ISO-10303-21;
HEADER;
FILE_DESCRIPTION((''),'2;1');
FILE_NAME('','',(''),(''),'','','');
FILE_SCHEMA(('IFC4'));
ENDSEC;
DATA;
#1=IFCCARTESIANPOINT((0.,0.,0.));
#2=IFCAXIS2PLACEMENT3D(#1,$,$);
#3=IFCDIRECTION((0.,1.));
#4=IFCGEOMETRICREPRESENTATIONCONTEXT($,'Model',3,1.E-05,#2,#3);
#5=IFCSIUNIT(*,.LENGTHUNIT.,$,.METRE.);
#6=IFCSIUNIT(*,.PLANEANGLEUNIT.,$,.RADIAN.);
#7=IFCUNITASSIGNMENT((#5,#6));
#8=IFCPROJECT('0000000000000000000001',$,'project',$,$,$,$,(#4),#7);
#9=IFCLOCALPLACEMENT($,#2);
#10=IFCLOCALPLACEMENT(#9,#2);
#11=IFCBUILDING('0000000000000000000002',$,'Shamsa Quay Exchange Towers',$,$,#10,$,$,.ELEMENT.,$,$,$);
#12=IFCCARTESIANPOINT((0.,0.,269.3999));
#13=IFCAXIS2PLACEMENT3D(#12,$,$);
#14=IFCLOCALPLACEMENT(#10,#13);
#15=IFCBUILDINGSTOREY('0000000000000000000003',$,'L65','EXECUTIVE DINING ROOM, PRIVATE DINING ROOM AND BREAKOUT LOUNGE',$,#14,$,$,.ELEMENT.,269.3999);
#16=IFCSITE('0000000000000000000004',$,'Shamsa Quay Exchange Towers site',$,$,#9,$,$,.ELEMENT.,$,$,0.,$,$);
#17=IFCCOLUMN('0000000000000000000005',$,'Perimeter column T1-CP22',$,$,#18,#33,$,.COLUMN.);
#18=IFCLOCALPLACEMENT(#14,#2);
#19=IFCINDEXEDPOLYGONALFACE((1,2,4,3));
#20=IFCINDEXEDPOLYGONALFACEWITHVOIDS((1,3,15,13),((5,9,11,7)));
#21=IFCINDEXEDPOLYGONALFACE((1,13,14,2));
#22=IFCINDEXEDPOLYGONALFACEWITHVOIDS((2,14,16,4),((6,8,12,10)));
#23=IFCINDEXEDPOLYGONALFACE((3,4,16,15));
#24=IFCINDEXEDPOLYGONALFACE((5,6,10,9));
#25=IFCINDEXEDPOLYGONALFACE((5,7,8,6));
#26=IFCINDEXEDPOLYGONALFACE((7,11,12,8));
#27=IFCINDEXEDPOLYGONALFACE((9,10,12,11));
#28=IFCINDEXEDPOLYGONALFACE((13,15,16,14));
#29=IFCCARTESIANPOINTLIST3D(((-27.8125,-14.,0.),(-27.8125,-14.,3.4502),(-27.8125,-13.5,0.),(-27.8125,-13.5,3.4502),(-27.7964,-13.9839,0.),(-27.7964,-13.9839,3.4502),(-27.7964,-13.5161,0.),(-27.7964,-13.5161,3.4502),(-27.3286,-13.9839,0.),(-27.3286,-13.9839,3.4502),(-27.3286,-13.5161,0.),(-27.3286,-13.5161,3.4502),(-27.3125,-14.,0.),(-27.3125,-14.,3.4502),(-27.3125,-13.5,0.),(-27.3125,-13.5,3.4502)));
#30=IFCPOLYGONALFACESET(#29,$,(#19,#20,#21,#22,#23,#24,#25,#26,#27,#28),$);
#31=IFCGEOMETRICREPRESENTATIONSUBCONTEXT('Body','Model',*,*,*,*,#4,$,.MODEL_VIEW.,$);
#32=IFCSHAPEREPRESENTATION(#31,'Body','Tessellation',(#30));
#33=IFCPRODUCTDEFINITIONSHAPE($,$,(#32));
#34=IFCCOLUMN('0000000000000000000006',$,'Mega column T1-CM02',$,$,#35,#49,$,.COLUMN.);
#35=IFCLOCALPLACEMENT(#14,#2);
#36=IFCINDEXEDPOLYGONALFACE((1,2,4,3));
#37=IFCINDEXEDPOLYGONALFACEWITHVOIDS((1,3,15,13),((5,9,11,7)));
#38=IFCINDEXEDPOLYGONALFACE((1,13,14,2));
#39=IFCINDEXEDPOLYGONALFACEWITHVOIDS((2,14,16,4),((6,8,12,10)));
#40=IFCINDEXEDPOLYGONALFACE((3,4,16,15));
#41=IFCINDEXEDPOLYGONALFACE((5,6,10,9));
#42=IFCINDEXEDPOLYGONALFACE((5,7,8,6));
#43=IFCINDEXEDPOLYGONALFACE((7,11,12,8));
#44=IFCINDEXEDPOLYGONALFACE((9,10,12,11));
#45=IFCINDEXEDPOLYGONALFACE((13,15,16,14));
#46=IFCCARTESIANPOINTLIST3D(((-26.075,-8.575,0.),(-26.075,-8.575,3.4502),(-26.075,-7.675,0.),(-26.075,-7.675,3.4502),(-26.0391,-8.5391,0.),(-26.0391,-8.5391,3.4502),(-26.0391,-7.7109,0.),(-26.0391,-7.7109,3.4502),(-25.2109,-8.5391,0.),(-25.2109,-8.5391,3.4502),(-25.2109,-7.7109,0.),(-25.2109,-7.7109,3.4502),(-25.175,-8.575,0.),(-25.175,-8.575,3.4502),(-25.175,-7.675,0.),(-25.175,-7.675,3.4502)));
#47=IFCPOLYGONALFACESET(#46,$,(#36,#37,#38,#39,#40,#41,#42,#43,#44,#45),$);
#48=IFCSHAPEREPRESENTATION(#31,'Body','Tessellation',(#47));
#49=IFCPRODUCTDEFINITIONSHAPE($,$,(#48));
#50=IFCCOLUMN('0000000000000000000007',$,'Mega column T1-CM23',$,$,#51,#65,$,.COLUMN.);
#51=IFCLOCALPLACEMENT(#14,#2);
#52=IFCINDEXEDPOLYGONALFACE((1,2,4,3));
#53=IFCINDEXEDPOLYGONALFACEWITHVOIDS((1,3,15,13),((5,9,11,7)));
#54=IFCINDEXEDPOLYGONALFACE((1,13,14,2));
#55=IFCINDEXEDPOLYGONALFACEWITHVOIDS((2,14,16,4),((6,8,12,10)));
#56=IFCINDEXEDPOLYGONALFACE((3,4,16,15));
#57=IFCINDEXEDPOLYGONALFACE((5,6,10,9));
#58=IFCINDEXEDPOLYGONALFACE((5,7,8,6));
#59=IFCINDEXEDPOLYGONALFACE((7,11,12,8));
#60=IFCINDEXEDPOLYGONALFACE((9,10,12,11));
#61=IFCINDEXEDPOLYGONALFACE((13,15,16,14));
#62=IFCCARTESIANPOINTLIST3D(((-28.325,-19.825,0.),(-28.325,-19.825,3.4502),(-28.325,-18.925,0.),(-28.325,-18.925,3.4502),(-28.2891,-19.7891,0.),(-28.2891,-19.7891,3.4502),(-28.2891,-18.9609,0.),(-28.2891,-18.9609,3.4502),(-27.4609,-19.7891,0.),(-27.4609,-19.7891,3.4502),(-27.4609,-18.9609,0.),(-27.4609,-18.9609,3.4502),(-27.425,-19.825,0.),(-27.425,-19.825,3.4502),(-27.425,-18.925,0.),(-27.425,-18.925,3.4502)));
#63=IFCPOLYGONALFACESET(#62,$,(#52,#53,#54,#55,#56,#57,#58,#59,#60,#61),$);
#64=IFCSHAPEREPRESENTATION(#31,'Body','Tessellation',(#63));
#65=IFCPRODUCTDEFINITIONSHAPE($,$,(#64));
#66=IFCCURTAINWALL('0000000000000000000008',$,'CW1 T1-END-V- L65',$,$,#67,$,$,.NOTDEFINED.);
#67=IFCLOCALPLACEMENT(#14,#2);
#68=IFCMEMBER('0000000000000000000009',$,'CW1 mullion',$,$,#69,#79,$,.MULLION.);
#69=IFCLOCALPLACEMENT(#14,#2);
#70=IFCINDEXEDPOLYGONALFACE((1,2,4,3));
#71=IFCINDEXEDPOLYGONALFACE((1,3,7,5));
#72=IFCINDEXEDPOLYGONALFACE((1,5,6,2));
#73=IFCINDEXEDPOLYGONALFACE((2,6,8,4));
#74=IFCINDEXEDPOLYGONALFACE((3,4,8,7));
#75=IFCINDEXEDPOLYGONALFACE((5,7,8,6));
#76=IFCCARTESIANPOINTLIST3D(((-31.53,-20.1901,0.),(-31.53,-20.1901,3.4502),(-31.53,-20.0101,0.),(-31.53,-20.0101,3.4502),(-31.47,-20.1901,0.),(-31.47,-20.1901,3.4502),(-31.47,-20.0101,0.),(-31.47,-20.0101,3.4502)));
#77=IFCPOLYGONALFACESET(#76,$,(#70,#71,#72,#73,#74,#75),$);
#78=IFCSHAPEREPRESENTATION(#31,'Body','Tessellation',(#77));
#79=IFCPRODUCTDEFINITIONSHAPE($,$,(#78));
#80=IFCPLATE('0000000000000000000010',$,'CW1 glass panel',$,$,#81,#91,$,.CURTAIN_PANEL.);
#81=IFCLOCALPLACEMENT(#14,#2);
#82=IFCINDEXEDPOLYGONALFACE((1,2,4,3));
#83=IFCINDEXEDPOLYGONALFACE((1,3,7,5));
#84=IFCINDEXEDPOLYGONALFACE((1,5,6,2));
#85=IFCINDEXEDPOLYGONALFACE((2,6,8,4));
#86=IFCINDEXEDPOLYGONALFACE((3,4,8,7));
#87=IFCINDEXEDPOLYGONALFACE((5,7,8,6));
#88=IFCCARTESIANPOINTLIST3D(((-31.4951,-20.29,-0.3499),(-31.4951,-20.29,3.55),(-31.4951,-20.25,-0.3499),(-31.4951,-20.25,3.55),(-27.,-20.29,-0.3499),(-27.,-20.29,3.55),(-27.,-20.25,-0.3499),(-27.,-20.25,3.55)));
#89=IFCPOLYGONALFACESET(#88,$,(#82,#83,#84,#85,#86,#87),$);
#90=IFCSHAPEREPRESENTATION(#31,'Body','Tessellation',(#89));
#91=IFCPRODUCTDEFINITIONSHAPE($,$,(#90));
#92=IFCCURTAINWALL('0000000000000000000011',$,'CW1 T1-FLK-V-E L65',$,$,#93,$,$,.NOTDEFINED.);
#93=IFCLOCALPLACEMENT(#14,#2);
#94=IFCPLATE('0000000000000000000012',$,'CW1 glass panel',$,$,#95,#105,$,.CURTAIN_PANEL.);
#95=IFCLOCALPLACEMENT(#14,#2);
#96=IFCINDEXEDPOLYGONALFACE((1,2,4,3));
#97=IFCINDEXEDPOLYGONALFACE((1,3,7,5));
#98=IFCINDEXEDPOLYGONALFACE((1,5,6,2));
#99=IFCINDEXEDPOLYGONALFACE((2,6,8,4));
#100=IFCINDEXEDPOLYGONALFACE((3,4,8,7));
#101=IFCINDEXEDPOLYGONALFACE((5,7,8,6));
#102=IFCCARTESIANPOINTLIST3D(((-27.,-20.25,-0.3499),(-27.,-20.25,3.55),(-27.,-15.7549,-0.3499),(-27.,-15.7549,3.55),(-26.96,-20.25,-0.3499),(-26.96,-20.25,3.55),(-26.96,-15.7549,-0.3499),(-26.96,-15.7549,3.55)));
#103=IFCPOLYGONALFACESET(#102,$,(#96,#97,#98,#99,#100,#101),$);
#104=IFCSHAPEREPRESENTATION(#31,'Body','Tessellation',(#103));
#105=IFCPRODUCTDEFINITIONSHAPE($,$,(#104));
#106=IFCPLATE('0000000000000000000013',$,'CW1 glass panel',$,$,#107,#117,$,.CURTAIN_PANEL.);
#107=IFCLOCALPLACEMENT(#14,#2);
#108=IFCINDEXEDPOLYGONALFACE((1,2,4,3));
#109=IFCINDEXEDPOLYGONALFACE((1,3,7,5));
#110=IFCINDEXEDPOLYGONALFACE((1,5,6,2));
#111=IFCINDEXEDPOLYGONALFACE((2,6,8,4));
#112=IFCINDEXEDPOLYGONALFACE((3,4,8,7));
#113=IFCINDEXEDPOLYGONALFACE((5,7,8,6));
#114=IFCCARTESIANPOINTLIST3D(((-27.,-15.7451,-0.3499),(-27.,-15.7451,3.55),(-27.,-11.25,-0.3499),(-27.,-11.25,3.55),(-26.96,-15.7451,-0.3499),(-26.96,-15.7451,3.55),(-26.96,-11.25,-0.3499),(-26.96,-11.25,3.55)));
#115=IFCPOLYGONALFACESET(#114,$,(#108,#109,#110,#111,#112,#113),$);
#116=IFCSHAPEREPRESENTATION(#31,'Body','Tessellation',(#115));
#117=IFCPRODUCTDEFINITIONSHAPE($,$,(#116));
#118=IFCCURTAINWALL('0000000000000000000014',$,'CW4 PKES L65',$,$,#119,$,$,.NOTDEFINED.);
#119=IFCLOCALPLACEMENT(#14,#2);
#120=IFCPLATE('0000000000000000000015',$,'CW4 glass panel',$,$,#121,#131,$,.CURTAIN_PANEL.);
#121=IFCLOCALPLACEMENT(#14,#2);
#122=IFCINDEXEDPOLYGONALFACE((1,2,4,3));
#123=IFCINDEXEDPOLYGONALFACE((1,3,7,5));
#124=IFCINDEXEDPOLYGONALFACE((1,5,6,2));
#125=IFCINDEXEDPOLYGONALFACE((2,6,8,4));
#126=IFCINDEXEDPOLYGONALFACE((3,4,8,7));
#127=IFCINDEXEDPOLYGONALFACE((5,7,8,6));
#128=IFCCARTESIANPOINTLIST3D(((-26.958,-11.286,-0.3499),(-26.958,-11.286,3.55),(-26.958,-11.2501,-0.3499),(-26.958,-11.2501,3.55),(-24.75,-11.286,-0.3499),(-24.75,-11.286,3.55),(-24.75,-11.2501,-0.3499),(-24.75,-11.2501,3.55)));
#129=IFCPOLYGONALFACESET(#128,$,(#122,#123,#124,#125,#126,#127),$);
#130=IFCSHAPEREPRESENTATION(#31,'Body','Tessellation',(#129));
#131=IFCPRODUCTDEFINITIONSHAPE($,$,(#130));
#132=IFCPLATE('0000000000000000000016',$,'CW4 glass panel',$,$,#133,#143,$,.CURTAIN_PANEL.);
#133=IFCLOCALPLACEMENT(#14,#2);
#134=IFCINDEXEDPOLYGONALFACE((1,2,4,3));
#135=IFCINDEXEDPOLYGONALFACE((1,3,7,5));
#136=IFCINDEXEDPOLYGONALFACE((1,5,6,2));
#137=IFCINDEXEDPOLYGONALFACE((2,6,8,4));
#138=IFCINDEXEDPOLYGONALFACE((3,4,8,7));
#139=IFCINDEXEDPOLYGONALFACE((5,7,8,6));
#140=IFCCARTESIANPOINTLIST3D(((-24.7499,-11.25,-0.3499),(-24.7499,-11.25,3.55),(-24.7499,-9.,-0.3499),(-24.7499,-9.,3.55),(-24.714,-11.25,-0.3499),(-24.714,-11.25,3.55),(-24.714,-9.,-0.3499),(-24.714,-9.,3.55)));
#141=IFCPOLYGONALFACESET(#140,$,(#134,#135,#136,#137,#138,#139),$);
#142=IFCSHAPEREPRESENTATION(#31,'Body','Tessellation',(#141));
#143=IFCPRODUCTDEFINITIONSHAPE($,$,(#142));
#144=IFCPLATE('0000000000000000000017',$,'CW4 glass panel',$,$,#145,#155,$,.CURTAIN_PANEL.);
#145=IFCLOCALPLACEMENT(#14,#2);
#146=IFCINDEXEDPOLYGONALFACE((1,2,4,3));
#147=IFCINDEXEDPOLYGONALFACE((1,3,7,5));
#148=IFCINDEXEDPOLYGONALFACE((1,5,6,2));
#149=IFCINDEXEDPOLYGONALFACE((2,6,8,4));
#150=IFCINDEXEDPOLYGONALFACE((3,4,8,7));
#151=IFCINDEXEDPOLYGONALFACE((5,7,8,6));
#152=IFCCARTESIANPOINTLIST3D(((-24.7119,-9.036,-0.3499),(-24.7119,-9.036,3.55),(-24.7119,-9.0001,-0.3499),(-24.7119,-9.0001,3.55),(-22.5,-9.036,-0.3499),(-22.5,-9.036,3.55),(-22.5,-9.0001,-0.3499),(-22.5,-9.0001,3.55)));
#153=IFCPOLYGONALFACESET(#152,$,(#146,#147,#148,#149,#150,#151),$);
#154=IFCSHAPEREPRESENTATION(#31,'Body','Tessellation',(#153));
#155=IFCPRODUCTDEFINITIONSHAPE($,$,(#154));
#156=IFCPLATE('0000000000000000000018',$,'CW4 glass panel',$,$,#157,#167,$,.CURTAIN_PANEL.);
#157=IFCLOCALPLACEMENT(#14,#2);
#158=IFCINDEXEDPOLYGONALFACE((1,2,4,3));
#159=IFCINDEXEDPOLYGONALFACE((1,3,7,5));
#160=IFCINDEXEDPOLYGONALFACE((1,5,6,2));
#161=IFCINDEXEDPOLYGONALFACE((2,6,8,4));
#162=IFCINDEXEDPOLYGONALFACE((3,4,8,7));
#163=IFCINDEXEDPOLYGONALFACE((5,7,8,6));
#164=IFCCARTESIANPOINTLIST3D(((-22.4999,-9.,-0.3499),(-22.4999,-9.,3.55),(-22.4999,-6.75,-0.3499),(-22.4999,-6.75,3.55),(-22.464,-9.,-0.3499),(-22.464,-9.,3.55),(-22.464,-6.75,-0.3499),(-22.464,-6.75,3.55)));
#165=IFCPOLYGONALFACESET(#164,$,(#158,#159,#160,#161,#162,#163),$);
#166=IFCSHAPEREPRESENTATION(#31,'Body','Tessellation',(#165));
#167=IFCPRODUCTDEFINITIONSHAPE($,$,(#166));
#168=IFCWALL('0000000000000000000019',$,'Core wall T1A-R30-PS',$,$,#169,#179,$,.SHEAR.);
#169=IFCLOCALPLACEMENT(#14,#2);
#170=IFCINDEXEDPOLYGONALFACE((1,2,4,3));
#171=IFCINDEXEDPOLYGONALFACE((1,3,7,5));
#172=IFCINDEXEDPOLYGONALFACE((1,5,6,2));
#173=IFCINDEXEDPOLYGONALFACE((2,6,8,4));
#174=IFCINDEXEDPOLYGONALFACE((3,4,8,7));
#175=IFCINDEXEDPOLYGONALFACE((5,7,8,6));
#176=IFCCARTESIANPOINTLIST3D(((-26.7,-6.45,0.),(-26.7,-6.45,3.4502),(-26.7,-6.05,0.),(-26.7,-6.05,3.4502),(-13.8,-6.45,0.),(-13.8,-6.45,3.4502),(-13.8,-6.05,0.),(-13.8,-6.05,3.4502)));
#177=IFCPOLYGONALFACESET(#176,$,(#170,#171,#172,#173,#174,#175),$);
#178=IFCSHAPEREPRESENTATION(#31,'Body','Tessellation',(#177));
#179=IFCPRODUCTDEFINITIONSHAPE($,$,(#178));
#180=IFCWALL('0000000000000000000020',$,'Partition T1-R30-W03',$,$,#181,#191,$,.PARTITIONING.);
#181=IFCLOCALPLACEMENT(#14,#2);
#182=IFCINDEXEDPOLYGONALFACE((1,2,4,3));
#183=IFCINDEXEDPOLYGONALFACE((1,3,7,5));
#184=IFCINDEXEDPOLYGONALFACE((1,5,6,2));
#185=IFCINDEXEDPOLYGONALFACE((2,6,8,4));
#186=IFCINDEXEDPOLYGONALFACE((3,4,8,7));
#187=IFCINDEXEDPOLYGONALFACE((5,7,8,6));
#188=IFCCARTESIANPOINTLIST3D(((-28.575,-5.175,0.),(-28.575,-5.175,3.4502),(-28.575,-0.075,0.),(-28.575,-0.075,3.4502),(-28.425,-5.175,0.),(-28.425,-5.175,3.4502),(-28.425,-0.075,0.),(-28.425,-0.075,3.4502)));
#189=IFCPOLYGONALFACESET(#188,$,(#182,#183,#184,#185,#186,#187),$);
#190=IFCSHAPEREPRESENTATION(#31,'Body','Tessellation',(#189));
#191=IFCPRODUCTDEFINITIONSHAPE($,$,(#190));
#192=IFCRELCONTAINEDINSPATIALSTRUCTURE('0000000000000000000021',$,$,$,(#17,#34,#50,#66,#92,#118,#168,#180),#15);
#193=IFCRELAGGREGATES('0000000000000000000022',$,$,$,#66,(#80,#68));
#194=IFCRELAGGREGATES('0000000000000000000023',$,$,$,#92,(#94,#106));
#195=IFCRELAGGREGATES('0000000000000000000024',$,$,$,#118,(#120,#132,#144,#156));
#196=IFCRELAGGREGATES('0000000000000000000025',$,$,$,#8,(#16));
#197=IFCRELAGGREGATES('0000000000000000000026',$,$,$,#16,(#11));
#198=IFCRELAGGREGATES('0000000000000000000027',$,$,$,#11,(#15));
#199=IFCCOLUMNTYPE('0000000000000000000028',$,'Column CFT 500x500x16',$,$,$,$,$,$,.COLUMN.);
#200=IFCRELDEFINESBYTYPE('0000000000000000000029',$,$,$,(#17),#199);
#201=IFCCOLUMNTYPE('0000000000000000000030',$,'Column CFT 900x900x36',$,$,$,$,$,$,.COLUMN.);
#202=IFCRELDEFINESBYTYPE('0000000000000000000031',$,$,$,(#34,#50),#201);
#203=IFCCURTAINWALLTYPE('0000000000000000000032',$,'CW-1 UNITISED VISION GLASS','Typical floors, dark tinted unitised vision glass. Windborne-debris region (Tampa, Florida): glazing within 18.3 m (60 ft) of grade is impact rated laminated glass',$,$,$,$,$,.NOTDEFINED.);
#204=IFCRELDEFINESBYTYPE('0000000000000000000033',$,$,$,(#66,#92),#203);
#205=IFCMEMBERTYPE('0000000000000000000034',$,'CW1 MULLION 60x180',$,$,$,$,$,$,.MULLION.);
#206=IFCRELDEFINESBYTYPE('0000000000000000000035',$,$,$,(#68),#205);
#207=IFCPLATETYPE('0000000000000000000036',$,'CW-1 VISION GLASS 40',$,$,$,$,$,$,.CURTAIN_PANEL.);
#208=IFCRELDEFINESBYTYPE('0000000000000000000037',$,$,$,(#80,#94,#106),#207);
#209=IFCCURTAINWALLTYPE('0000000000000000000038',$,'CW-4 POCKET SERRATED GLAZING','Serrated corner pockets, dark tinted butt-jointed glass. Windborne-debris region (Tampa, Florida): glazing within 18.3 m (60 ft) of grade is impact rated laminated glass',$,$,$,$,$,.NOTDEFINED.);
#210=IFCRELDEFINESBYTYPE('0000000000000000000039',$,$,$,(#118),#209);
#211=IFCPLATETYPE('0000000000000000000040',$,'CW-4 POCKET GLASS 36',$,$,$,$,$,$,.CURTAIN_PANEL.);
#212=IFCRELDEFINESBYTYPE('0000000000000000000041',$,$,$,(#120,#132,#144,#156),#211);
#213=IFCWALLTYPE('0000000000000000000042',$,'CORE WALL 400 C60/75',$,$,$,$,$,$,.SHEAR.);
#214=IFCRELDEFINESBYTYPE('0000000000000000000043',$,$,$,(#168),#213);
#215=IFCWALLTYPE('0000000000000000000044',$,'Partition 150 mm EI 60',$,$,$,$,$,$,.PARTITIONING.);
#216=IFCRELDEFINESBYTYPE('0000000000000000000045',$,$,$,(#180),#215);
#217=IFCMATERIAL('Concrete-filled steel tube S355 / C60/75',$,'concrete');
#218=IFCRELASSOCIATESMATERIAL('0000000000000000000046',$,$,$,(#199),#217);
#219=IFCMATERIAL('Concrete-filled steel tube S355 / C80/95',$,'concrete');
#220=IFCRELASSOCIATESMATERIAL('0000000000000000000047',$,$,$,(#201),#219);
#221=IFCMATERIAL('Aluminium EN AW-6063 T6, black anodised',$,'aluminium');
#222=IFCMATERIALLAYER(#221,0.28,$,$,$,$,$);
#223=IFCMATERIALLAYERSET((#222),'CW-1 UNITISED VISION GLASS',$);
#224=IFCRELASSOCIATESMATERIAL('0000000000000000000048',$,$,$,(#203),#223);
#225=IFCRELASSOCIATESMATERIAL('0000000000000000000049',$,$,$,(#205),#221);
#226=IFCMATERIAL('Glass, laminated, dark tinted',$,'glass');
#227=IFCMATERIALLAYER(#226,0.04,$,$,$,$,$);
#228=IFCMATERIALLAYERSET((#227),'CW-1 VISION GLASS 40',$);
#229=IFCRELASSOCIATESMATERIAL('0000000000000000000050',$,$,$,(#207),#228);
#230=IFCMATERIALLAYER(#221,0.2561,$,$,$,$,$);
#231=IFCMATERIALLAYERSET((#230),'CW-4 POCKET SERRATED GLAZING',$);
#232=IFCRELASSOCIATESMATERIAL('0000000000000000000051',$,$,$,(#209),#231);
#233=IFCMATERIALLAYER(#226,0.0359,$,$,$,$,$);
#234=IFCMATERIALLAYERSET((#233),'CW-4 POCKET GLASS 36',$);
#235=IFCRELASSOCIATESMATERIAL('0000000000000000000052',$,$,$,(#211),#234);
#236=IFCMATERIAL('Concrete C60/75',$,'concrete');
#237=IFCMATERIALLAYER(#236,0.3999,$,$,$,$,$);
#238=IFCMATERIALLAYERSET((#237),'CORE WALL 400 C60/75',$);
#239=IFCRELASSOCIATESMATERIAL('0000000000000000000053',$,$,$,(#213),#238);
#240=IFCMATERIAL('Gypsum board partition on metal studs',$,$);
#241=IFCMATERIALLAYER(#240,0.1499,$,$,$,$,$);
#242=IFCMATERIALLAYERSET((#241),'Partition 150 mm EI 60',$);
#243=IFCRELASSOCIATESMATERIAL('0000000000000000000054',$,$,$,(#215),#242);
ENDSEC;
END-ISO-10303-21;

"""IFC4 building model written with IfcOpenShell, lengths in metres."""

from ifc_helpers import new_model, si_unit, direction, frame, frame_2d, origin, origin_2d, place, context, subcontext, project, spatial, rectangle, hollow_rectangle, extrude, material, layer, layer_set, material_profile, profile_set, type_object, element, aggregate, save


model = new_model("IFC4")

# Units and contexts
model_context = context("Model", 3, precision=1e-05, world=origin(), true_north=direction((0.0, 1.0)))
body_context = subcontext(model_context, "Body", "Model", "MODEL_VIEW")
ifc_project = project(units=[si_unit("LENGTHUNIT", "METRE"), si_unit("PLANEANGLEUNIT", "RADIAN")], contexts=[model_context])

# Site, building, storey
site_placement = place(None, origin())
site = spatial("IfcSite", under=ifc_project, at=site_placement, Name="Shamsa Quay Exchange Towers site", CompositionType="ELEMENT", RefElevation=0.0)
building_placement = place(site_placement, origin())
building = spatial("IfcBuilding", under=site, at=building_placement, Name="Shamsa Quay Exchange Towers", CompositionType="ELEMENT")
storey_placement = place(building_placement, frame((0.0, 0.0, 269.3999)))
storey = spatial("IfcBuildingStorey", under=building, at=storey_placement, Name="L65", Description="EXECUTIVE DINING ROOM, PRIVATE DINING ROOM AND BREAKOUT LOUNGE", CompositionType="ELEMENT", Elevation=269.3999)

# Columns
ifc_material_1 = material(Name="Concrete-filled steel tube S355 / C60/75", Category="concrete")
ifc_material_profile_1 = material_profile(ifc_material_1, hollow_rectangle(XDim=0.5, YDim=0.5, WallThickness=0.0161, at=origin_2d()), Name="CFT 500x500x16")
ifc_profile_set_1 = profile_set([ifc_material_profile_1], Name="Concrete-filled steel tube S355 / C60/75")
column_type_1 = type_object("IfcColumnType", Name="Column CFT 500x500x16", PredefinedType="COLUMN", material=ifc_profile_set_1)
column_placement = place(storey_placement, frame((-27.5625, -13.75, 0.0)))
element("IfcColumn", 1, at=column_placement, inside=storey, type_object=column_type_1, Name="Perimeter column T1-CP22", PredefinedType="COLUMN", context=body_context, shape_type="SweptSolid", body=[
    extrude(hollow_rectangle(XDim=0.5, YDim=0.5, WallThickness=0.0161, at=origin_2d()), origin(), (0.0, 0.0, 1.0), 3.4502),
])
ifc_material_2 = material(Name="Concrete-filled steel tube S355 / C80/95", Category="concrete")
ifc_material_profile_2 = material_profile(ifc_material_2, hollow_rectangle(XDim=0.8999, YDim=0.8999, WallThickness=0.0359, at=origin_2d()), Name="CFT 900x900x36")
ifc_profile_set_2 = profile_set([ifc_material_profile_2], Name="Concrete-filled steel tube S355 / C80/95")
column_type_2 = type_object("IfcColumnType", Name="Column CFT 900x900x36", PredefinedType="COLUMN", material=ifc_profile_set_2)
for number, where, name in (
    (2, (-25.625, -8.125, 0.0), "Mega column T1-CM02"),
    (3, (-27.875, -19.375, 0.0), "Mega column T1-CM23"),
):
    element("IfcColumn", number, at=place(storey_placement, frame(where)), inside=storey, type_object=column_type_2, Name=name, PredefinedType="COLUMN", context=body_context, shape_type="SweptSolid", body=[
        extrude(hollow_rectangle(XDim=0.8999, YDim=0.8999, WallThickness=0.0359, at=origin_2d()), origin(), (0.0, 0.0, 1.0), 3.4502),
    ])

# Curtain wall, member, plate
ifc_material_3 = material(Name="Aluminium EN AW-6063 T6, black anodised", Category="aluminium")
ifc_layer_1 = layer(ifc_material_3, 0.28)
ifc_layer_set_1 = layer_set([ifc_layer_1], Name="CW-1 UNITISED VISION GLASS")
curtain_wall_type_1 = type_object("IfcCurtainWallType", Name="CW-1 UNITISED VISION GLASS", Description="Typical floors, dark tinted unitised vision glass. Windborne-debris region (Tampa, Florida): glazing within 18.3 m (60 ft) of grade is impact rated laminated glass", PredefinedType="NOTDEFINED", material=ifc_layer_set_1)
curtain_wall_1_placement = place(storey_placement, origin())
curtain_wall_1 = element("IfcCurtainWall", 4, at=curtain_wall_1_placement, inside=storey, type_object=curtain_wall_type_1, Name="CW1 T1-END-V- L65", PredefinedType="NOTDEFINED")
ifc_material_profile_3 = material_profile(ifc_material_3, rectangle(XDim=0.1799, YDim=0.0601, at=origin_2d()), Name="MU60x180")
ifc_profile_set_3 = profile_set([ifc_material_profile_3], Name="Aluminium EN AW-6063 T6, black anodised")
member_type = type_object("IfcMemberType", Name="CW1 MULLION 60x180", PredefinedType="MULLION", material=ifc_profile_set_3)
member_placement = place(storey_placement, frame((-31.5, -20.1001, 0.0), z_axis=(0.0, 0.0, 1.0), x_axis=(0.0, 1.0, 0.0)))
member = element("IfcMember", 5, at=member_placement, type_object=member_type, Name="CW1 mullion", PredefinedType="MULLION", context=body_context, shape_type="SweptSolid", body=[
    extrude(rectangle(XDim=0.1799, YDim=0.0601, at=origin_2d()), origin(), (0.0, 0.0, 1.0), 3.4502),
])
ifc_material_4 = material(Name="Glass, laminated, dark tinted", Category="glass")
ifc_layer_2 = layer(ifc_material_4, 0.04)
ifc_layer_set_2 = layer_set([ifc_layer_2], Name="CW-1 VISION GLASS 40")
plate_type_1 = type_object("IfcPlateType", Name="CW-1 VISION GLASS 40", PredefinedType="CURTAIN_PANEL", material=ifc_layer_set_2)
plate_1_placement = place(storey_placement, frame((-29.2476, -20.27, -0.3499)))
plate_1 = element("IfcPlate", 6, at=plate_1_placement, type_object=plate_type_1, Name="CW1 glass panel", PredefinedType="CURTAIN_PANEL", context=body_context, shape_type="SweptSolid", body=[
    extrude(rectangle(XDim=4.4951, YDim=0.04, at=origin_2d()), origin(), (0.0, 0.0, 1.0), 3.8999),
])
aggregate(curtain_wall_1, [plate_1, member])

# Curtain walls, plates
curtain_wall_2_placement = place(storey_placement, origin())
curtain_wall_2 = element("IfcCurtainWall", 7, at=curtain_wall_2_placement, inside=storey, type_object=curtain_wall_type_1, Name="CW1 T1-FLK-V-E L65", PredefinedType="NOTDEFINED")
plate_2_placement = place(storey_placement, frame((-26.98, -18.0024, -0.3499), z_axis=(0.0, 0.0, 1.0), x_axis=(0.0, 1.0, 0.0)))
plate_2 = element("IfcPlate", 8, at=plate_2_placement, type_object=plate_type_1, Name="CW1 glass panel", PredefinedType="CURTAIN_PANEL", context=body_context, shape_type="SweptSolid", body=[
    extrude(rectangle(XDim=4.4951, YDim=0.04, at=origin_2d()), origin(), (0.0, 0.0, 1.0), 3.8999),
])
plate_3_placement = place(storey_placement, frame((-26.98, -13.4976, -0.3499), z_axis=(0.0, 0.0, 1.0), x_axis=(0.0, 1.0, 0.0)))
plate_3 = element("IfcPlate", 9, at=plate_3_placement, type_object=plate_type_1, Name="CW1 glass panel", PredefinedType="CURTAIN_PANEL", context=body_context, shape_type="SweptSolid", body=[
    extrude(rectangle(XDim=4.4951, YDim=0.04, at=origin_2d()), origin(), (0.0, 0.0, 1.0), 3.8999),
])
aggregate(curtain_wall_2, [plate_2, plate_3])
ifc_layer_3 = layer(ifc_material_3, 0.2561)
ifc_layer_set_3 = layer_set([ifc_layer_3], Name="CW-4 POCKET SERRATED GLAZING")
curtain_wall_type_2 = type_object("IfcCurtainWallType", Name="CW-4 POCKET SERRATED GLAZING", Description="Serrated corner pockets, dark tinted butt-jointed glass. Windborne-debris region (Tampa, Florida): glazing within 18.3 m (60 ft) of grade is impact rated laminated glass", PredefinedType="NOTDEFINED", material=ifc_layer_set_3)
curtain_wall_3_placement = place(storey_placement, origin())
curtain_wall_3 = element("IfcCurtainWall", 10, at=curtain_wall_3_placement, inside=storey, type_object=curtain_wall_type_2, Name="CW4 PKES L65", PredefinedType="NOTDEFINED")
ifc_layer_4 = layer(ifc_material_4, 0.0359)
ifc_layer_set_4 = layer_set([ifc_layer_4], Name="CW-4 POCKET GLASS 36")
plate_type_2 = type_object("IfcPlateType", Name="CW-4 POCKET GLASS 36", PredefinedType="CURTAIN_PANEL", material=ifc_layer_set_4)
plate_4_placement = place(storey_placement, frame((-25.854, -11.2681, -0.3499)))
plate_4 = element("IfcPlate", 11, at=plate_4_placement, type_object=plate_type_2, Name="CW4 glass panel", PredefinedType="CURTAIN_PANEL", context=body_context, shape_type="SweptSolid", body=[
    extrude(rectangle(XDim=2.208, YDim=0.0359, at=origin_2d()), origin(), (0.0, 0.0, 1.0), 3.8999),
])
plate_5_placement = place(storey_placement, frame((-24.7319, -10.125, -0.3499), z_axis=(0.0, 0.0, 1.0), x_axis=(0.0, 1.0, 0.0)))
plate_5 = element("IfcPlate", 12, at=plate_5_placement, type_object=plate_type_2, Name="CW4 glass panel", PredefinedType="CURTAIN_PANEL", context=body_context, shape_type="SweptSolid", body=[
    extrude(rectangle(XDim=2.25, YDim=0.0359, at=origin_2d()), origin(), (0.0, 0.0, 1.0), 3.8999),
])
plate_6_placement = place(storey_placement, frame((-23.606, -9.0181, -0.3499)))
plate_6 = element("IfcPlate", 13, at=plate_6_placement, type_object=plate_type_2, Name="CW4 glass panel", PredefinedType="CURTAIN_PANEL", context=body_context, shape_type="SweptSolid", body=[
    extrude(rectangle(XDim=2.2119, YDim=0.0359, at=origin_2d()), origin(), (0.0, 0.0, 1.0), 3.8999),
])
plate_7_placement = place(storey_placement, frame((-22.4819, -7.875, -0.3499), z_axis=(0.0, 0.0, 1.0), x_axis=(0.0, 1.0, 0.0)))
plate_7 = element("IfcPlate", 14, at=plate_7_placement, type_object=plate_type_2, Name="CW4 glass panel", PredefinedType="CURTAIN_PANEL", context=body_context, shape_type="SweptSolid", body=[
    extrude(rectangle(XDim=2.25, YDim=0.0359, at=origin_2d()), origin(), (0.0, 0.0, 1.0), 3.8999),
])
aggregate(curtain_wall_3, [plate_4, plate_5, plate_6, plate_7])

# Walls
ifc_material_5 = material(Name="Concrete C60/75", Category="concrete")
ifc_layer_5 = layer(ifc_material_5, 0.3999)
ifc_layer_set_5 = layer_set([ifc_layer_5], Name="CORE WALL 400 C60/75")
wall_type_1 = type_object("IfcWallType", Name="CORE WALL 400 C60/75", PredefinedType="SHEAR", material=ifc_layer_set_5)
wall_1_placement = place(storey_placement, frame((-26.7, -6.25, 0.0)))
element("IfcWall", 15, at=wall_1_placement, inside=storey, type_object=wall_type_1, Name="Core wall T1A-R30-PS", PredefinedType="SHEAR", context=body_context, shape_type="SweptSolid", body=[
    extrude(rectangle(XDim=12.8999, YDim=0.3999, at=frame_2d((6.45, 0.0))), origin(), (0.0, 0.0, 1.0), 3.4502),
])
ifc_material_6 = material(Name="Gypsum board partition on metal studs")
ifc_layer_6 = layer(ifc_material_6, 0.1499)
ifc_layer_set_6 = layer_set([ifc_layer_6], Name="Partition 150 mm EI 60")
wall_type_2 = type_object("IfcWallType", Name="Partition 150 mm EI 60", PredefinedType="PARTITIONING", material=ifc_layer_set_6)
wall_2_placement = place(storey_placement, frame((-28.5, -5.175, 0.0), z_axis=(0.0, 0.0, 1.0), x_axis=(0.0, 1.0, 0.0)))
element("IfcWall", 16, at=wall_2_placement, inside=storey, type_object=wall_type_2, Name="Partition T1-R30-W03", PredefinedType="PARTITIONING", context=body_context, shape_type="SweptSolid", body=[
    extrude(rectangle(XDim=5.1001, YDim=0.1499, at=frame_2d((2.55, 0.0))), origin(), (0.0, 0.0, 1.0), 3.4502),
])

save(model, "model.ifc")
